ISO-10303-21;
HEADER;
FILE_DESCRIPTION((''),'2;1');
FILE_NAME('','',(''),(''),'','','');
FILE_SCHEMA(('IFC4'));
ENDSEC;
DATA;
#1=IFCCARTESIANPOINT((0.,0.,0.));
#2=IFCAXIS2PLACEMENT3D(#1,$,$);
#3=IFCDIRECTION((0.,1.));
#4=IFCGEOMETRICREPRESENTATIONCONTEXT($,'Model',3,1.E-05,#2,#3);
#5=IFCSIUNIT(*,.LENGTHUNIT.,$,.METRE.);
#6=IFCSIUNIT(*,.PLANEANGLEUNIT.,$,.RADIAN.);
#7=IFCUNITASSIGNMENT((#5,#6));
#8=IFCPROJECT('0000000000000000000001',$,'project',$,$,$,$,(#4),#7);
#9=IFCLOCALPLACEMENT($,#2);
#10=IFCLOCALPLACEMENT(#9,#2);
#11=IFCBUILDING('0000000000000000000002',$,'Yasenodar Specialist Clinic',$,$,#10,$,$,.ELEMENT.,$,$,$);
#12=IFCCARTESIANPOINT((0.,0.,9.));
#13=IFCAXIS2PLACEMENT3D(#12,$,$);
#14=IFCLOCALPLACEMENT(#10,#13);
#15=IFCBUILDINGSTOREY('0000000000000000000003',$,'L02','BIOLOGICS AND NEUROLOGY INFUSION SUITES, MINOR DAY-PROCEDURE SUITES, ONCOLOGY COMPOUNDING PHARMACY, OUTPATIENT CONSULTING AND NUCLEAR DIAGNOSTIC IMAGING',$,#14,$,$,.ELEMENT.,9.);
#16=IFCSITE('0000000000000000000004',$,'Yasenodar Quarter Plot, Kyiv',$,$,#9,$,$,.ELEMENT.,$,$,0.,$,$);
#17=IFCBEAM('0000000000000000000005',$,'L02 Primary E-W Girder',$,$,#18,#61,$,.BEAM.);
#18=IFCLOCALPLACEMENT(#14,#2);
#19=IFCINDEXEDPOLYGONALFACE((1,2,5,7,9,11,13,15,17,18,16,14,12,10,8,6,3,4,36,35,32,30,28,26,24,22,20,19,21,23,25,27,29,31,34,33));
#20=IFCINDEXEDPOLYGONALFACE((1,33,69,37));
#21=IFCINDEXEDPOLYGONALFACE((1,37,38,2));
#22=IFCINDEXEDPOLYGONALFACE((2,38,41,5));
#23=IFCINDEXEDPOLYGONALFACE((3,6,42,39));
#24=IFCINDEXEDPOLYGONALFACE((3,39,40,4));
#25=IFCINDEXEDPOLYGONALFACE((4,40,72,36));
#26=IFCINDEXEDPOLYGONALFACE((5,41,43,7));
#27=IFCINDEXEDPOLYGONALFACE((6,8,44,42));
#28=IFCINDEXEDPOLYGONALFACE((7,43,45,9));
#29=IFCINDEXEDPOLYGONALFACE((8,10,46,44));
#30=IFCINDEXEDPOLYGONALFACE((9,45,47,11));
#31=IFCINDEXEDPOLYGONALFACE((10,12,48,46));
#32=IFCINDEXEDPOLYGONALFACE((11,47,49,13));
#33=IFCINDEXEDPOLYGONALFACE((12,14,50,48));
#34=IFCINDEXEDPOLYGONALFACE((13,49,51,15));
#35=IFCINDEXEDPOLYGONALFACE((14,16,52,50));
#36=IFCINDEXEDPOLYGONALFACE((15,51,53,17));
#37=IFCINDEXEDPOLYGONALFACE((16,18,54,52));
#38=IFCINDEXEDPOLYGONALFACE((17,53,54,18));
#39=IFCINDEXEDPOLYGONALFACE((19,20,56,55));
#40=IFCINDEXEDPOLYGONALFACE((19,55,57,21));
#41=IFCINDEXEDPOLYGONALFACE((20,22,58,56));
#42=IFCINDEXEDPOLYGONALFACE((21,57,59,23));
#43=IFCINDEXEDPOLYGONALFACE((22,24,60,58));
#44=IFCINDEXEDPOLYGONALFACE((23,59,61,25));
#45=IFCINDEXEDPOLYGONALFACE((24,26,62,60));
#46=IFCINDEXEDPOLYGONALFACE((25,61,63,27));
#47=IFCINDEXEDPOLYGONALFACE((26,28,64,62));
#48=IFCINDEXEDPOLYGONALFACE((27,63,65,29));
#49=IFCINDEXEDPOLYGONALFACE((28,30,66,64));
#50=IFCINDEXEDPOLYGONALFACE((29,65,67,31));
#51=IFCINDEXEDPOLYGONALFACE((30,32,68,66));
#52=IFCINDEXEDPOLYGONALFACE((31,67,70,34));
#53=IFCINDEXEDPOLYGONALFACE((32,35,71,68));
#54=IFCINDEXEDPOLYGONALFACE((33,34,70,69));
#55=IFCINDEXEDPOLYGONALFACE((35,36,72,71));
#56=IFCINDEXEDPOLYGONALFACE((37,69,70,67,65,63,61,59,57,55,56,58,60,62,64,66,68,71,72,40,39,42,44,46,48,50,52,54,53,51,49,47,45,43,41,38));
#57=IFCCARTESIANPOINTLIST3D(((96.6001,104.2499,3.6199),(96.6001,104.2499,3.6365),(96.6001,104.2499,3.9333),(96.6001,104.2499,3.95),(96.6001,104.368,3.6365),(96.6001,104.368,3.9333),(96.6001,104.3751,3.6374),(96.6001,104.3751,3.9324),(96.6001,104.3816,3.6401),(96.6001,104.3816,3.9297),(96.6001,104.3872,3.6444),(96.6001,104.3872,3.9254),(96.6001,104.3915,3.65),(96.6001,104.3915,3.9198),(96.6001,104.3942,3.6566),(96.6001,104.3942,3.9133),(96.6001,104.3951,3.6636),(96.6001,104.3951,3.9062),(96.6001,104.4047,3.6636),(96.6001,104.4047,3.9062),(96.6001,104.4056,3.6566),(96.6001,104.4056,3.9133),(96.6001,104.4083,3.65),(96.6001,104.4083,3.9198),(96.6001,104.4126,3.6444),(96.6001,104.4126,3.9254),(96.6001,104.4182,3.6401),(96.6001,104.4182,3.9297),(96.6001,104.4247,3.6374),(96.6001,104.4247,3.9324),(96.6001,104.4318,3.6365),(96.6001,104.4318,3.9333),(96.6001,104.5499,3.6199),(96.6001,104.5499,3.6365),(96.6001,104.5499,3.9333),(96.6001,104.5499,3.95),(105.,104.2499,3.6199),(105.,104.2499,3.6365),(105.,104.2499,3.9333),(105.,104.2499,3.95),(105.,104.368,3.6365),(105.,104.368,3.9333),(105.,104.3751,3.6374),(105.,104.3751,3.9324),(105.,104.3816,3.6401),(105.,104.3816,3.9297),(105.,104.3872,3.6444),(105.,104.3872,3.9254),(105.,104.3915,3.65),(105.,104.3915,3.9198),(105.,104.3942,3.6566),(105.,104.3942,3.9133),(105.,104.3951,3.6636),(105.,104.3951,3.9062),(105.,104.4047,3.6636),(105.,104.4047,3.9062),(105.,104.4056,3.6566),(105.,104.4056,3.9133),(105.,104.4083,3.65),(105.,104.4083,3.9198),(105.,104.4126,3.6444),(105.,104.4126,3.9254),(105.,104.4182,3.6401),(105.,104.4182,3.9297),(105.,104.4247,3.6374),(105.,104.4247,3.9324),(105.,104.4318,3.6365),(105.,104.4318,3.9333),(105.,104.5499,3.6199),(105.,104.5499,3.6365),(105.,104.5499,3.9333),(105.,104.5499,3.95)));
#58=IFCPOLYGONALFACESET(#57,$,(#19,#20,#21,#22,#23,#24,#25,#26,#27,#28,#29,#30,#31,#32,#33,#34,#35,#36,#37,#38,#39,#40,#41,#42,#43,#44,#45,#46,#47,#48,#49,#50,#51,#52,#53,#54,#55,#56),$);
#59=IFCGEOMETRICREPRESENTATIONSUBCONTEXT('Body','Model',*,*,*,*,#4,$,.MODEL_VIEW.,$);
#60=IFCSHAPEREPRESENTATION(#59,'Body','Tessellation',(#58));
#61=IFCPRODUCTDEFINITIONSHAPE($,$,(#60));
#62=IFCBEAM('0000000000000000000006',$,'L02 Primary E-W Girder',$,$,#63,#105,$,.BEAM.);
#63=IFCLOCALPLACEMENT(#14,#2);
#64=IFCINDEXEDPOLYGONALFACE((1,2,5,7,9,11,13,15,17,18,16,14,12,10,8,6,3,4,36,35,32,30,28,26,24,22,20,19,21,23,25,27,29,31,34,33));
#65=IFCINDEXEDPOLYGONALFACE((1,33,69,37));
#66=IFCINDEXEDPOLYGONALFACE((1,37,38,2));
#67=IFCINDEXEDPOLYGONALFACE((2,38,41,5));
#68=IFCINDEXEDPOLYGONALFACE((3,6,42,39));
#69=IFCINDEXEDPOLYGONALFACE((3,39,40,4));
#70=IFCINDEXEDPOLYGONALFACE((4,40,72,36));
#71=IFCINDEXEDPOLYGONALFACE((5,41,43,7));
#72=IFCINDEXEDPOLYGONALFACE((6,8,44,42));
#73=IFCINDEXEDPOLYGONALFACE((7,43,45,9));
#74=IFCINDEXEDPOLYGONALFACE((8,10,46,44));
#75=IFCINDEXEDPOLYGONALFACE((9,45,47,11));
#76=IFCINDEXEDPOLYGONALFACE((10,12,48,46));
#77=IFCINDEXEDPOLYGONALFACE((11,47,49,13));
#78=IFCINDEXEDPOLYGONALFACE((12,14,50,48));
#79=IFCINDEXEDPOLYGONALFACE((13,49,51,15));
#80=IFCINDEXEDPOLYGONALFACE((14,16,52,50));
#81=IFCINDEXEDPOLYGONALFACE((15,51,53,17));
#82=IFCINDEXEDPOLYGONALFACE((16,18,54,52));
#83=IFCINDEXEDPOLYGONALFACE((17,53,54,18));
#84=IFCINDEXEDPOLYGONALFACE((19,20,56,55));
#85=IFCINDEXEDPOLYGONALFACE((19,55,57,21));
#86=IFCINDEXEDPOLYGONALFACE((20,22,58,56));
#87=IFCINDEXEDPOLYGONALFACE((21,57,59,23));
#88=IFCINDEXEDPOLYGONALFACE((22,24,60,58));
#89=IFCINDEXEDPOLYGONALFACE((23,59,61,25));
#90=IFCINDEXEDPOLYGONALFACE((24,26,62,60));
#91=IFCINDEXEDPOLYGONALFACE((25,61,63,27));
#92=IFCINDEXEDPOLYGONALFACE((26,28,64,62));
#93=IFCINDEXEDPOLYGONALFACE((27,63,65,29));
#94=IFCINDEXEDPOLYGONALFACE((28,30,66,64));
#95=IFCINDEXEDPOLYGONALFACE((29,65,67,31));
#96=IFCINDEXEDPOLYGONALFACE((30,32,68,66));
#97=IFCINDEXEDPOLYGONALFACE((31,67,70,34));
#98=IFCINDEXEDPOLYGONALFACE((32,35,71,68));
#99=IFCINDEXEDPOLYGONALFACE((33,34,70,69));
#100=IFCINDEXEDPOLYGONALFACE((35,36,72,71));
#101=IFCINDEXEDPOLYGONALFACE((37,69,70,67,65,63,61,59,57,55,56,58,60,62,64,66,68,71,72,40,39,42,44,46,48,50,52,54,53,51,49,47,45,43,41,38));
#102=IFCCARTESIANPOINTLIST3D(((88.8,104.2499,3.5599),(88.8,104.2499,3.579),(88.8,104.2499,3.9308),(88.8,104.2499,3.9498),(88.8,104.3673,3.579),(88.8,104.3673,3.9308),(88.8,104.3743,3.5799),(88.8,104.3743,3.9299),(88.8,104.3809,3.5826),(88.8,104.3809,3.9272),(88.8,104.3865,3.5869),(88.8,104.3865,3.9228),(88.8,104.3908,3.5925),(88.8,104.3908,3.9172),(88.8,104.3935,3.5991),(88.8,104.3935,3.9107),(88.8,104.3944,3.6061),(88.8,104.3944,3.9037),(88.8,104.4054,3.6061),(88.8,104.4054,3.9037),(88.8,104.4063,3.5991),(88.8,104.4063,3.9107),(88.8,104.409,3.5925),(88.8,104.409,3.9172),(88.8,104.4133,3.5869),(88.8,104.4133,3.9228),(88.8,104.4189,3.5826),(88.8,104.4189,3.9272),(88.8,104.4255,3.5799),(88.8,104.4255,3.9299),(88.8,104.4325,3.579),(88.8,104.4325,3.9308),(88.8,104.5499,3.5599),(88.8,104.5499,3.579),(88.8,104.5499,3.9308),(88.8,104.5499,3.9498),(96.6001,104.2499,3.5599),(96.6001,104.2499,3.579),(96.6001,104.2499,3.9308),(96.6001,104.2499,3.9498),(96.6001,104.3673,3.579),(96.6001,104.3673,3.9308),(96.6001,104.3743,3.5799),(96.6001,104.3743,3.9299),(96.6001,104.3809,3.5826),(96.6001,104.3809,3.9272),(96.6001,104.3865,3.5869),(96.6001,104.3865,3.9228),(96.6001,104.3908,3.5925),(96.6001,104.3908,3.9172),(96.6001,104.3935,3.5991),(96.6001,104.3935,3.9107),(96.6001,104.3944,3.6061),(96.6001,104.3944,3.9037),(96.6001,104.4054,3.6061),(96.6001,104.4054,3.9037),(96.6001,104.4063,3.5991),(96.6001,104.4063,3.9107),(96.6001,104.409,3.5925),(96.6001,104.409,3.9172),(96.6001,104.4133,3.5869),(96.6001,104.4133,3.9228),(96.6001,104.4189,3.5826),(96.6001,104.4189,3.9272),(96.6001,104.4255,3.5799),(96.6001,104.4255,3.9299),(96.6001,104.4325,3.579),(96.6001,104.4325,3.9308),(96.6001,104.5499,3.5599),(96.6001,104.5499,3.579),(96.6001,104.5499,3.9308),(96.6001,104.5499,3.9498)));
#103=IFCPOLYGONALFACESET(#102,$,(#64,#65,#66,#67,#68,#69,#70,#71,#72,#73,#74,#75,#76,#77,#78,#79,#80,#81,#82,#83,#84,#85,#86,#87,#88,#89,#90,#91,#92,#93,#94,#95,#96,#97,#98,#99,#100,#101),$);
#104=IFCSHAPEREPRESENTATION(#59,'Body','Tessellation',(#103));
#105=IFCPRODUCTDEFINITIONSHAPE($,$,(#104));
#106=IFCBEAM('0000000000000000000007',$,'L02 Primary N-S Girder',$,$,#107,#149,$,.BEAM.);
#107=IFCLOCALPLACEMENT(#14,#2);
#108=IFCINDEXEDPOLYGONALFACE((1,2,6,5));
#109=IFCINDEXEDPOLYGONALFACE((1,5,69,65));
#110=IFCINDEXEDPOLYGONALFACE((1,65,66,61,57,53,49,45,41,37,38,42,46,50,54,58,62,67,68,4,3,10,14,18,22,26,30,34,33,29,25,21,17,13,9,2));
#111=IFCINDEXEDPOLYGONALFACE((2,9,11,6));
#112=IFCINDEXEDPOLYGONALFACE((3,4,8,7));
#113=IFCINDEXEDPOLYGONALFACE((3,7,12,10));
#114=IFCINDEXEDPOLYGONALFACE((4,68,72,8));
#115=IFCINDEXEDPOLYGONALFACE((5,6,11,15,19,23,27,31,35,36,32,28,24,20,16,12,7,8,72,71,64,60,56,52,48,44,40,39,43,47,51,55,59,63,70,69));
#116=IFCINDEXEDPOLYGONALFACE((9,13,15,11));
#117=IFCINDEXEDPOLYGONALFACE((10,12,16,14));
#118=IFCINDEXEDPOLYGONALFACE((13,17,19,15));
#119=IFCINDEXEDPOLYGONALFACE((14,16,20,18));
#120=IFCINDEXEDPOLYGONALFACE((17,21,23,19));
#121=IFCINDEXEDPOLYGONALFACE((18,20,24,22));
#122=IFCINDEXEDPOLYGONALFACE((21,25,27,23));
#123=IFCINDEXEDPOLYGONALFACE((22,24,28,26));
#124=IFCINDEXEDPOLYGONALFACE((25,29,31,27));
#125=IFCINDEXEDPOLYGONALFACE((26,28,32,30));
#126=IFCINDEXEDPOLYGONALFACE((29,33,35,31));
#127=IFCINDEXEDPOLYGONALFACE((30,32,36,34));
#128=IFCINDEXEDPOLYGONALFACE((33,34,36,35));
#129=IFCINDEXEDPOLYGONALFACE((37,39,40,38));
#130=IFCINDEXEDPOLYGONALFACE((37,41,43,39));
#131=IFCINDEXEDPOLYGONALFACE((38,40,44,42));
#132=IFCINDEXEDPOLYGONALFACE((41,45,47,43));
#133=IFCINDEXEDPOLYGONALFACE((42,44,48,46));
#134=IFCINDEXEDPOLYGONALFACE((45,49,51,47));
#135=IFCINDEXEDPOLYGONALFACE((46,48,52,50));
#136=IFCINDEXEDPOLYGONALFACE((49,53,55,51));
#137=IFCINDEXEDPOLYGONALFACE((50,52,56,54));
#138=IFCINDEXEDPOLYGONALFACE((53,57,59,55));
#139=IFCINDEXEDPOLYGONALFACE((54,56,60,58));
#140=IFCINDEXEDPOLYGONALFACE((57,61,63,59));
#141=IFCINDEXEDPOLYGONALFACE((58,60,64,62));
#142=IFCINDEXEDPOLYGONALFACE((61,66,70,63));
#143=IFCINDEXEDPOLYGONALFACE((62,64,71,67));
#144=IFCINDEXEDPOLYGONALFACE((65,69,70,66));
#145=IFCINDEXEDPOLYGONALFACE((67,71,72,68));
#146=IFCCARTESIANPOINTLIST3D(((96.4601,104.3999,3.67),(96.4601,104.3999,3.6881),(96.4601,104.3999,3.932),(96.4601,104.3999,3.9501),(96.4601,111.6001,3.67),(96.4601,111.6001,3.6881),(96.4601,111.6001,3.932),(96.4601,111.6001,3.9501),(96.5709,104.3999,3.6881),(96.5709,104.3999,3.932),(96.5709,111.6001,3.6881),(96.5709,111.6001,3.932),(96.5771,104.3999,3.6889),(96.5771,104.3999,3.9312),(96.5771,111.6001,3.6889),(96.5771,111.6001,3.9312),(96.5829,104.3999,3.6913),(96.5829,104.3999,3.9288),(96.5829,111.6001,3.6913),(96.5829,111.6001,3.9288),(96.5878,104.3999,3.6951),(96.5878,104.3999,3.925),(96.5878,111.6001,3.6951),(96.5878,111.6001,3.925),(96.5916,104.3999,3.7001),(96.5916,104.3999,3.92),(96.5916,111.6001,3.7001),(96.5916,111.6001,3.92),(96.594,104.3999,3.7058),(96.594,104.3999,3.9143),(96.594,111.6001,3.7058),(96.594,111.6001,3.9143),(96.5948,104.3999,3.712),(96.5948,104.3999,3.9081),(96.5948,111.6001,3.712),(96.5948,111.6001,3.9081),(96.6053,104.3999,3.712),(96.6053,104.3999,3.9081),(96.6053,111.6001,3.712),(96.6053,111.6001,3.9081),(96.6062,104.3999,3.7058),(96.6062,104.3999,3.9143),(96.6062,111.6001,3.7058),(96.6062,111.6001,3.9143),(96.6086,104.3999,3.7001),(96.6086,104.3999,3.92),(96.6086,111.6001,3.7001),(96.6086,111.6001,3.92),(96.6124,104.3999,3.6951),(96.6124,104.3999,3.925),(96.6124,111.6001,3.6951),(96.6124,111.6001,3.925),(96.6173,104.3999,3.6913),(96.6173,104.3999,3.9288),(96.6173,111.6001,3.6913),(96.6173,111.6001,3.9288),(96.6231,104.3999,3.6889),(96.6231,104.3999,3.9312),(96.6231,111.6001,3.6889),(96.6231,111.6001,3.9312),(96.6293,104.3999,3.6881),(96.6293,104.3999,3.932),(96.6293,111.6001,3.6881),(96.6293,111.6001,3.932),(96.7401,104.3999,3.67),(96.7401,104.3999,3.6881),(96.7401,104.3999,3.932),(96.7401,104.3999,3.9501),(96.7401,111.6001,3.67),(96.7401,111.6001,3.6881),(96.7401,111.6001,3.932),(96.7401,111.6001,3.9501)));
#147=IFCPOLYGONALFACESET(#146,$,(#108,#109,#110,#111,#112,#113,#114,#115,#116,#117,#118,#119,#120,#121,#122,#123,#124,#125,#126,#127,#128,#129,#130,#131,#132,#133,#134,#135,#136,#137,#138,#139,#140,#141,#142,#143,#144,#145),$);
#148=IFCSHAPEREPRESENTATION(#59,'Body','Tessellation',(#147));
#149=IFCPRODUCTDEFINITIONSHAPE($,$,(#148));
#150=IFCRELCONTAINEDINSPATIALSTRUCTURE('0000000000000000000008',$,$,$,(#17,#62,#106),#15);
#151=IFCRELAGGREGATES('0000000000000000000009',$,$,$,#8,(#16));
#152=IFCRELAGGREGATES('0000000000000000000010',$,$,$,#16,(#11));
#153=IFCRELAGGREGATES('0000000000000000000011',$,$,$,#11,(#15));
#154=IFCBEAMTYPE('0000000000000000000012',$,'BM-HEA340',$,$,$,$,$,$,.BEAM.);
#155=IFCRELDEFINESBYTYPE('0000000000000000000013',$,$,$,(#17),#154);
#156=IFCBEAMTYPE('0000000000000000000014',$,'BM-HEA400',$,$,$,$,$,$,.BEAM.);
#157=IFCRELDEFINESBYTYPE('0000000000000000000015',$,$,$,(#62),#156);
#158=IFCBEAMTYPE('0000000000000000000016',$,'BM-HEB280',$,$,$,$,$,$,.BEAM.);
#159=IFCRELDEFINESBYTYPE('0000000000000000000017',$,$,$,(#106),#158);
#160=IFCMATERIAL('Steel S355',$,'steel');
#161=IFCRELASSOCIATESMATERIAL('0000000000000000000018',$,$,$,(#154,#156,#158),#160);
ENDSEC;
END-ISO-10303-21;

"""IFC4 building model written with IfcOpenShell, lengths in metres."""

from ifc_helpers import new_model, si_unit, direction, frame, origin, origin_2d, place, context, subcontext, project, spatial, i_section, extrude, material, material_profile, profile_set, type_object, element, save


model = new_model("IFC4")

# Units and contexts
model_context = context("Model", 3, precision=1e-05, world=origin(), true_north=direction((0.0, 1.0)))
body_context = subcontext(model_context, "Body", "Model", "MODEL_VIEW")
ifc_project = project(units=[si_unit("LENGTHUNIT", "METRE"), si_unit("PLANEANGLEUNIT", "RADIAN")], contexts=[model_context])

# Site, building, storey
site_placement = place(None, origin())
site = spatial("IfcSite", under=ifc_project, at=site_placement, Name="Yasenodar Quarter Plot, Kyiv", CompositionType="ELEMENT", RefElevation=0.0)
building_placement = place(site_placement, origin())
building = spatial("IfcBuilding", under=site, at=building_placement, Name="Yasenodar Specialist Clinic", CompositionType="ELEMENT")
storey_placement = place(building_placement, frame((0.0, 0.0, 9.0)))
storey = spatial("IfcBuildingStorey", under=building, at=storey_placement, Name="L02", Description="BIOLOGICS AND NEUROLOGY INFUSION SUITES, MINOR DAY-PROCEDURE SUITES, ONCOLOGY COMPOUNDING PHARMACY, OUTPATIENT CONSULTING AND NUCLEAR DIAGNOSTIC IMAGING", CompositionType="ELEMENT", Elevation=9.0)

# Shared definitions
ifc_material_1 = material(Name="Steel S355", Category="steel")

# Beams
ifc_material_profile_1 = material_profile(ifc_material_1, i_section(OverallWidth=0.3, OverallDepth=0.3301, WebThickness=0.0095, FlangeThickness=0.0166, FilletRadius=0.0271, at=origin_2d()), Name="HEA 340")
ifc_profile_set_1 = profile_set([ifc_material_profile_1], Name="Steel S355")
beam_type_1 = type_object("IfcBeamType", Name="BM-HEA340", PredefinedType="BEAM", material=ifc_profile_set_1)
beam_1_placement = place(storey_placement, frame((96.6001, 104.3999, 3.7849), z_axis=(1.0, 0.0, 0.0), x_axis=(0.0, 1.0, 0.0)))
element("IfcBeam", 1, at=beam_1_placement, inside=storey, type_object=beam_type_1, Name="L02 Primary E-W Girder", PredefinedType="BEAM", context=body_context, shape_type="SweptSolid", body=[
    extrude(i_section(OverallWidth=0.3, OverallDepth=0.3301, WebThickness=0.0095, FlangeThickness=0.0166, FilletRadius=0.0271, at=origin_2d()), origin(), (0.0, 0.0, 1.0), 8.3999),
])
ifc_material_profile_2 = material_profile(ifc_material_1, i_section(OverallWidth=0.3, OverallDepth=0.3899, WebThickness=0.011, FlangeThickness=0.019, FilletRadius=0.0271, at=origin_2d()), Name="HEA 400")
ifc_profile_set_2 = profile_set([ifc_material_profile_2], Name="Steel S355")
beam_type_2 = type_object("IfcBeamType", Name="BM-HEA400", PredefinedType="BEAM", material=ifc_profile_set_2)
beam_2_placement = place(storey_placement, frame((88.8, 104.3999, 3.7549), z_axis=(1.0, 0.0, 0.0), x_axis=(0.0, 1.0, 0.0)))
element("IfcBeam", 2, at=beam_2_placement, inside=storey, type_object=beam_type_2, Name="L02 Primary E-W Girder", PredefinedType="BEAM", context=body_context, shape_type="SweptSolid", body=[
    extrude(i_section(OverallWidth=0.3, OverallDepth=0.3899, WebThickness=0.011, FlangeThickness=0.019, FilletRadius=0.0271, at=origin_2d()), origin(), (0.0, 0.0, 1.0), 7.8),
])
ifc_material_profile_3 = material_profile(ifc_material_1, i_section(OverallWidth=0.28, OverallDepth=0.28, WebThickness=0.0105, FlangeThickness=0.0181, FilletRadius=0.0239, at=origin_2d()), Name="HEB 280")
ifc_profile_set_3 = profile_set([ifc_material_profile_3], Name="Steel S355")
beam_type_3 = type_object("IfcBeamType", Name="BM-HEB280", PredefinedType="BEAM", material=ifc_profile_set_3)
beam_3_placement = place(storey_placement, frame((96.6001, 104.3999, 3.8101), z_axis=(0.0, 1.0, 0.0), x_axis=(-1.0, 0.0, 0.0)))
element("IfcBeam", 3, at=beam_3_placement, inside=storey, type_object=beam_type_3, Name="L02 Primary N-S Girder", PredefinedType="BEAM", context=body_context, shape_type="SweptSolid", body=[
    extrude(i_section(OverallWidth=0.28, OverallDepth=0.28, WebThickness=0.0105, FlangeThickness=0.0181, FilletRadius=0.0239, at=origin_2d()), origin(), (0.0, 0.0, 1.0), 7.2002),
])

save(model, "model.ifc")
